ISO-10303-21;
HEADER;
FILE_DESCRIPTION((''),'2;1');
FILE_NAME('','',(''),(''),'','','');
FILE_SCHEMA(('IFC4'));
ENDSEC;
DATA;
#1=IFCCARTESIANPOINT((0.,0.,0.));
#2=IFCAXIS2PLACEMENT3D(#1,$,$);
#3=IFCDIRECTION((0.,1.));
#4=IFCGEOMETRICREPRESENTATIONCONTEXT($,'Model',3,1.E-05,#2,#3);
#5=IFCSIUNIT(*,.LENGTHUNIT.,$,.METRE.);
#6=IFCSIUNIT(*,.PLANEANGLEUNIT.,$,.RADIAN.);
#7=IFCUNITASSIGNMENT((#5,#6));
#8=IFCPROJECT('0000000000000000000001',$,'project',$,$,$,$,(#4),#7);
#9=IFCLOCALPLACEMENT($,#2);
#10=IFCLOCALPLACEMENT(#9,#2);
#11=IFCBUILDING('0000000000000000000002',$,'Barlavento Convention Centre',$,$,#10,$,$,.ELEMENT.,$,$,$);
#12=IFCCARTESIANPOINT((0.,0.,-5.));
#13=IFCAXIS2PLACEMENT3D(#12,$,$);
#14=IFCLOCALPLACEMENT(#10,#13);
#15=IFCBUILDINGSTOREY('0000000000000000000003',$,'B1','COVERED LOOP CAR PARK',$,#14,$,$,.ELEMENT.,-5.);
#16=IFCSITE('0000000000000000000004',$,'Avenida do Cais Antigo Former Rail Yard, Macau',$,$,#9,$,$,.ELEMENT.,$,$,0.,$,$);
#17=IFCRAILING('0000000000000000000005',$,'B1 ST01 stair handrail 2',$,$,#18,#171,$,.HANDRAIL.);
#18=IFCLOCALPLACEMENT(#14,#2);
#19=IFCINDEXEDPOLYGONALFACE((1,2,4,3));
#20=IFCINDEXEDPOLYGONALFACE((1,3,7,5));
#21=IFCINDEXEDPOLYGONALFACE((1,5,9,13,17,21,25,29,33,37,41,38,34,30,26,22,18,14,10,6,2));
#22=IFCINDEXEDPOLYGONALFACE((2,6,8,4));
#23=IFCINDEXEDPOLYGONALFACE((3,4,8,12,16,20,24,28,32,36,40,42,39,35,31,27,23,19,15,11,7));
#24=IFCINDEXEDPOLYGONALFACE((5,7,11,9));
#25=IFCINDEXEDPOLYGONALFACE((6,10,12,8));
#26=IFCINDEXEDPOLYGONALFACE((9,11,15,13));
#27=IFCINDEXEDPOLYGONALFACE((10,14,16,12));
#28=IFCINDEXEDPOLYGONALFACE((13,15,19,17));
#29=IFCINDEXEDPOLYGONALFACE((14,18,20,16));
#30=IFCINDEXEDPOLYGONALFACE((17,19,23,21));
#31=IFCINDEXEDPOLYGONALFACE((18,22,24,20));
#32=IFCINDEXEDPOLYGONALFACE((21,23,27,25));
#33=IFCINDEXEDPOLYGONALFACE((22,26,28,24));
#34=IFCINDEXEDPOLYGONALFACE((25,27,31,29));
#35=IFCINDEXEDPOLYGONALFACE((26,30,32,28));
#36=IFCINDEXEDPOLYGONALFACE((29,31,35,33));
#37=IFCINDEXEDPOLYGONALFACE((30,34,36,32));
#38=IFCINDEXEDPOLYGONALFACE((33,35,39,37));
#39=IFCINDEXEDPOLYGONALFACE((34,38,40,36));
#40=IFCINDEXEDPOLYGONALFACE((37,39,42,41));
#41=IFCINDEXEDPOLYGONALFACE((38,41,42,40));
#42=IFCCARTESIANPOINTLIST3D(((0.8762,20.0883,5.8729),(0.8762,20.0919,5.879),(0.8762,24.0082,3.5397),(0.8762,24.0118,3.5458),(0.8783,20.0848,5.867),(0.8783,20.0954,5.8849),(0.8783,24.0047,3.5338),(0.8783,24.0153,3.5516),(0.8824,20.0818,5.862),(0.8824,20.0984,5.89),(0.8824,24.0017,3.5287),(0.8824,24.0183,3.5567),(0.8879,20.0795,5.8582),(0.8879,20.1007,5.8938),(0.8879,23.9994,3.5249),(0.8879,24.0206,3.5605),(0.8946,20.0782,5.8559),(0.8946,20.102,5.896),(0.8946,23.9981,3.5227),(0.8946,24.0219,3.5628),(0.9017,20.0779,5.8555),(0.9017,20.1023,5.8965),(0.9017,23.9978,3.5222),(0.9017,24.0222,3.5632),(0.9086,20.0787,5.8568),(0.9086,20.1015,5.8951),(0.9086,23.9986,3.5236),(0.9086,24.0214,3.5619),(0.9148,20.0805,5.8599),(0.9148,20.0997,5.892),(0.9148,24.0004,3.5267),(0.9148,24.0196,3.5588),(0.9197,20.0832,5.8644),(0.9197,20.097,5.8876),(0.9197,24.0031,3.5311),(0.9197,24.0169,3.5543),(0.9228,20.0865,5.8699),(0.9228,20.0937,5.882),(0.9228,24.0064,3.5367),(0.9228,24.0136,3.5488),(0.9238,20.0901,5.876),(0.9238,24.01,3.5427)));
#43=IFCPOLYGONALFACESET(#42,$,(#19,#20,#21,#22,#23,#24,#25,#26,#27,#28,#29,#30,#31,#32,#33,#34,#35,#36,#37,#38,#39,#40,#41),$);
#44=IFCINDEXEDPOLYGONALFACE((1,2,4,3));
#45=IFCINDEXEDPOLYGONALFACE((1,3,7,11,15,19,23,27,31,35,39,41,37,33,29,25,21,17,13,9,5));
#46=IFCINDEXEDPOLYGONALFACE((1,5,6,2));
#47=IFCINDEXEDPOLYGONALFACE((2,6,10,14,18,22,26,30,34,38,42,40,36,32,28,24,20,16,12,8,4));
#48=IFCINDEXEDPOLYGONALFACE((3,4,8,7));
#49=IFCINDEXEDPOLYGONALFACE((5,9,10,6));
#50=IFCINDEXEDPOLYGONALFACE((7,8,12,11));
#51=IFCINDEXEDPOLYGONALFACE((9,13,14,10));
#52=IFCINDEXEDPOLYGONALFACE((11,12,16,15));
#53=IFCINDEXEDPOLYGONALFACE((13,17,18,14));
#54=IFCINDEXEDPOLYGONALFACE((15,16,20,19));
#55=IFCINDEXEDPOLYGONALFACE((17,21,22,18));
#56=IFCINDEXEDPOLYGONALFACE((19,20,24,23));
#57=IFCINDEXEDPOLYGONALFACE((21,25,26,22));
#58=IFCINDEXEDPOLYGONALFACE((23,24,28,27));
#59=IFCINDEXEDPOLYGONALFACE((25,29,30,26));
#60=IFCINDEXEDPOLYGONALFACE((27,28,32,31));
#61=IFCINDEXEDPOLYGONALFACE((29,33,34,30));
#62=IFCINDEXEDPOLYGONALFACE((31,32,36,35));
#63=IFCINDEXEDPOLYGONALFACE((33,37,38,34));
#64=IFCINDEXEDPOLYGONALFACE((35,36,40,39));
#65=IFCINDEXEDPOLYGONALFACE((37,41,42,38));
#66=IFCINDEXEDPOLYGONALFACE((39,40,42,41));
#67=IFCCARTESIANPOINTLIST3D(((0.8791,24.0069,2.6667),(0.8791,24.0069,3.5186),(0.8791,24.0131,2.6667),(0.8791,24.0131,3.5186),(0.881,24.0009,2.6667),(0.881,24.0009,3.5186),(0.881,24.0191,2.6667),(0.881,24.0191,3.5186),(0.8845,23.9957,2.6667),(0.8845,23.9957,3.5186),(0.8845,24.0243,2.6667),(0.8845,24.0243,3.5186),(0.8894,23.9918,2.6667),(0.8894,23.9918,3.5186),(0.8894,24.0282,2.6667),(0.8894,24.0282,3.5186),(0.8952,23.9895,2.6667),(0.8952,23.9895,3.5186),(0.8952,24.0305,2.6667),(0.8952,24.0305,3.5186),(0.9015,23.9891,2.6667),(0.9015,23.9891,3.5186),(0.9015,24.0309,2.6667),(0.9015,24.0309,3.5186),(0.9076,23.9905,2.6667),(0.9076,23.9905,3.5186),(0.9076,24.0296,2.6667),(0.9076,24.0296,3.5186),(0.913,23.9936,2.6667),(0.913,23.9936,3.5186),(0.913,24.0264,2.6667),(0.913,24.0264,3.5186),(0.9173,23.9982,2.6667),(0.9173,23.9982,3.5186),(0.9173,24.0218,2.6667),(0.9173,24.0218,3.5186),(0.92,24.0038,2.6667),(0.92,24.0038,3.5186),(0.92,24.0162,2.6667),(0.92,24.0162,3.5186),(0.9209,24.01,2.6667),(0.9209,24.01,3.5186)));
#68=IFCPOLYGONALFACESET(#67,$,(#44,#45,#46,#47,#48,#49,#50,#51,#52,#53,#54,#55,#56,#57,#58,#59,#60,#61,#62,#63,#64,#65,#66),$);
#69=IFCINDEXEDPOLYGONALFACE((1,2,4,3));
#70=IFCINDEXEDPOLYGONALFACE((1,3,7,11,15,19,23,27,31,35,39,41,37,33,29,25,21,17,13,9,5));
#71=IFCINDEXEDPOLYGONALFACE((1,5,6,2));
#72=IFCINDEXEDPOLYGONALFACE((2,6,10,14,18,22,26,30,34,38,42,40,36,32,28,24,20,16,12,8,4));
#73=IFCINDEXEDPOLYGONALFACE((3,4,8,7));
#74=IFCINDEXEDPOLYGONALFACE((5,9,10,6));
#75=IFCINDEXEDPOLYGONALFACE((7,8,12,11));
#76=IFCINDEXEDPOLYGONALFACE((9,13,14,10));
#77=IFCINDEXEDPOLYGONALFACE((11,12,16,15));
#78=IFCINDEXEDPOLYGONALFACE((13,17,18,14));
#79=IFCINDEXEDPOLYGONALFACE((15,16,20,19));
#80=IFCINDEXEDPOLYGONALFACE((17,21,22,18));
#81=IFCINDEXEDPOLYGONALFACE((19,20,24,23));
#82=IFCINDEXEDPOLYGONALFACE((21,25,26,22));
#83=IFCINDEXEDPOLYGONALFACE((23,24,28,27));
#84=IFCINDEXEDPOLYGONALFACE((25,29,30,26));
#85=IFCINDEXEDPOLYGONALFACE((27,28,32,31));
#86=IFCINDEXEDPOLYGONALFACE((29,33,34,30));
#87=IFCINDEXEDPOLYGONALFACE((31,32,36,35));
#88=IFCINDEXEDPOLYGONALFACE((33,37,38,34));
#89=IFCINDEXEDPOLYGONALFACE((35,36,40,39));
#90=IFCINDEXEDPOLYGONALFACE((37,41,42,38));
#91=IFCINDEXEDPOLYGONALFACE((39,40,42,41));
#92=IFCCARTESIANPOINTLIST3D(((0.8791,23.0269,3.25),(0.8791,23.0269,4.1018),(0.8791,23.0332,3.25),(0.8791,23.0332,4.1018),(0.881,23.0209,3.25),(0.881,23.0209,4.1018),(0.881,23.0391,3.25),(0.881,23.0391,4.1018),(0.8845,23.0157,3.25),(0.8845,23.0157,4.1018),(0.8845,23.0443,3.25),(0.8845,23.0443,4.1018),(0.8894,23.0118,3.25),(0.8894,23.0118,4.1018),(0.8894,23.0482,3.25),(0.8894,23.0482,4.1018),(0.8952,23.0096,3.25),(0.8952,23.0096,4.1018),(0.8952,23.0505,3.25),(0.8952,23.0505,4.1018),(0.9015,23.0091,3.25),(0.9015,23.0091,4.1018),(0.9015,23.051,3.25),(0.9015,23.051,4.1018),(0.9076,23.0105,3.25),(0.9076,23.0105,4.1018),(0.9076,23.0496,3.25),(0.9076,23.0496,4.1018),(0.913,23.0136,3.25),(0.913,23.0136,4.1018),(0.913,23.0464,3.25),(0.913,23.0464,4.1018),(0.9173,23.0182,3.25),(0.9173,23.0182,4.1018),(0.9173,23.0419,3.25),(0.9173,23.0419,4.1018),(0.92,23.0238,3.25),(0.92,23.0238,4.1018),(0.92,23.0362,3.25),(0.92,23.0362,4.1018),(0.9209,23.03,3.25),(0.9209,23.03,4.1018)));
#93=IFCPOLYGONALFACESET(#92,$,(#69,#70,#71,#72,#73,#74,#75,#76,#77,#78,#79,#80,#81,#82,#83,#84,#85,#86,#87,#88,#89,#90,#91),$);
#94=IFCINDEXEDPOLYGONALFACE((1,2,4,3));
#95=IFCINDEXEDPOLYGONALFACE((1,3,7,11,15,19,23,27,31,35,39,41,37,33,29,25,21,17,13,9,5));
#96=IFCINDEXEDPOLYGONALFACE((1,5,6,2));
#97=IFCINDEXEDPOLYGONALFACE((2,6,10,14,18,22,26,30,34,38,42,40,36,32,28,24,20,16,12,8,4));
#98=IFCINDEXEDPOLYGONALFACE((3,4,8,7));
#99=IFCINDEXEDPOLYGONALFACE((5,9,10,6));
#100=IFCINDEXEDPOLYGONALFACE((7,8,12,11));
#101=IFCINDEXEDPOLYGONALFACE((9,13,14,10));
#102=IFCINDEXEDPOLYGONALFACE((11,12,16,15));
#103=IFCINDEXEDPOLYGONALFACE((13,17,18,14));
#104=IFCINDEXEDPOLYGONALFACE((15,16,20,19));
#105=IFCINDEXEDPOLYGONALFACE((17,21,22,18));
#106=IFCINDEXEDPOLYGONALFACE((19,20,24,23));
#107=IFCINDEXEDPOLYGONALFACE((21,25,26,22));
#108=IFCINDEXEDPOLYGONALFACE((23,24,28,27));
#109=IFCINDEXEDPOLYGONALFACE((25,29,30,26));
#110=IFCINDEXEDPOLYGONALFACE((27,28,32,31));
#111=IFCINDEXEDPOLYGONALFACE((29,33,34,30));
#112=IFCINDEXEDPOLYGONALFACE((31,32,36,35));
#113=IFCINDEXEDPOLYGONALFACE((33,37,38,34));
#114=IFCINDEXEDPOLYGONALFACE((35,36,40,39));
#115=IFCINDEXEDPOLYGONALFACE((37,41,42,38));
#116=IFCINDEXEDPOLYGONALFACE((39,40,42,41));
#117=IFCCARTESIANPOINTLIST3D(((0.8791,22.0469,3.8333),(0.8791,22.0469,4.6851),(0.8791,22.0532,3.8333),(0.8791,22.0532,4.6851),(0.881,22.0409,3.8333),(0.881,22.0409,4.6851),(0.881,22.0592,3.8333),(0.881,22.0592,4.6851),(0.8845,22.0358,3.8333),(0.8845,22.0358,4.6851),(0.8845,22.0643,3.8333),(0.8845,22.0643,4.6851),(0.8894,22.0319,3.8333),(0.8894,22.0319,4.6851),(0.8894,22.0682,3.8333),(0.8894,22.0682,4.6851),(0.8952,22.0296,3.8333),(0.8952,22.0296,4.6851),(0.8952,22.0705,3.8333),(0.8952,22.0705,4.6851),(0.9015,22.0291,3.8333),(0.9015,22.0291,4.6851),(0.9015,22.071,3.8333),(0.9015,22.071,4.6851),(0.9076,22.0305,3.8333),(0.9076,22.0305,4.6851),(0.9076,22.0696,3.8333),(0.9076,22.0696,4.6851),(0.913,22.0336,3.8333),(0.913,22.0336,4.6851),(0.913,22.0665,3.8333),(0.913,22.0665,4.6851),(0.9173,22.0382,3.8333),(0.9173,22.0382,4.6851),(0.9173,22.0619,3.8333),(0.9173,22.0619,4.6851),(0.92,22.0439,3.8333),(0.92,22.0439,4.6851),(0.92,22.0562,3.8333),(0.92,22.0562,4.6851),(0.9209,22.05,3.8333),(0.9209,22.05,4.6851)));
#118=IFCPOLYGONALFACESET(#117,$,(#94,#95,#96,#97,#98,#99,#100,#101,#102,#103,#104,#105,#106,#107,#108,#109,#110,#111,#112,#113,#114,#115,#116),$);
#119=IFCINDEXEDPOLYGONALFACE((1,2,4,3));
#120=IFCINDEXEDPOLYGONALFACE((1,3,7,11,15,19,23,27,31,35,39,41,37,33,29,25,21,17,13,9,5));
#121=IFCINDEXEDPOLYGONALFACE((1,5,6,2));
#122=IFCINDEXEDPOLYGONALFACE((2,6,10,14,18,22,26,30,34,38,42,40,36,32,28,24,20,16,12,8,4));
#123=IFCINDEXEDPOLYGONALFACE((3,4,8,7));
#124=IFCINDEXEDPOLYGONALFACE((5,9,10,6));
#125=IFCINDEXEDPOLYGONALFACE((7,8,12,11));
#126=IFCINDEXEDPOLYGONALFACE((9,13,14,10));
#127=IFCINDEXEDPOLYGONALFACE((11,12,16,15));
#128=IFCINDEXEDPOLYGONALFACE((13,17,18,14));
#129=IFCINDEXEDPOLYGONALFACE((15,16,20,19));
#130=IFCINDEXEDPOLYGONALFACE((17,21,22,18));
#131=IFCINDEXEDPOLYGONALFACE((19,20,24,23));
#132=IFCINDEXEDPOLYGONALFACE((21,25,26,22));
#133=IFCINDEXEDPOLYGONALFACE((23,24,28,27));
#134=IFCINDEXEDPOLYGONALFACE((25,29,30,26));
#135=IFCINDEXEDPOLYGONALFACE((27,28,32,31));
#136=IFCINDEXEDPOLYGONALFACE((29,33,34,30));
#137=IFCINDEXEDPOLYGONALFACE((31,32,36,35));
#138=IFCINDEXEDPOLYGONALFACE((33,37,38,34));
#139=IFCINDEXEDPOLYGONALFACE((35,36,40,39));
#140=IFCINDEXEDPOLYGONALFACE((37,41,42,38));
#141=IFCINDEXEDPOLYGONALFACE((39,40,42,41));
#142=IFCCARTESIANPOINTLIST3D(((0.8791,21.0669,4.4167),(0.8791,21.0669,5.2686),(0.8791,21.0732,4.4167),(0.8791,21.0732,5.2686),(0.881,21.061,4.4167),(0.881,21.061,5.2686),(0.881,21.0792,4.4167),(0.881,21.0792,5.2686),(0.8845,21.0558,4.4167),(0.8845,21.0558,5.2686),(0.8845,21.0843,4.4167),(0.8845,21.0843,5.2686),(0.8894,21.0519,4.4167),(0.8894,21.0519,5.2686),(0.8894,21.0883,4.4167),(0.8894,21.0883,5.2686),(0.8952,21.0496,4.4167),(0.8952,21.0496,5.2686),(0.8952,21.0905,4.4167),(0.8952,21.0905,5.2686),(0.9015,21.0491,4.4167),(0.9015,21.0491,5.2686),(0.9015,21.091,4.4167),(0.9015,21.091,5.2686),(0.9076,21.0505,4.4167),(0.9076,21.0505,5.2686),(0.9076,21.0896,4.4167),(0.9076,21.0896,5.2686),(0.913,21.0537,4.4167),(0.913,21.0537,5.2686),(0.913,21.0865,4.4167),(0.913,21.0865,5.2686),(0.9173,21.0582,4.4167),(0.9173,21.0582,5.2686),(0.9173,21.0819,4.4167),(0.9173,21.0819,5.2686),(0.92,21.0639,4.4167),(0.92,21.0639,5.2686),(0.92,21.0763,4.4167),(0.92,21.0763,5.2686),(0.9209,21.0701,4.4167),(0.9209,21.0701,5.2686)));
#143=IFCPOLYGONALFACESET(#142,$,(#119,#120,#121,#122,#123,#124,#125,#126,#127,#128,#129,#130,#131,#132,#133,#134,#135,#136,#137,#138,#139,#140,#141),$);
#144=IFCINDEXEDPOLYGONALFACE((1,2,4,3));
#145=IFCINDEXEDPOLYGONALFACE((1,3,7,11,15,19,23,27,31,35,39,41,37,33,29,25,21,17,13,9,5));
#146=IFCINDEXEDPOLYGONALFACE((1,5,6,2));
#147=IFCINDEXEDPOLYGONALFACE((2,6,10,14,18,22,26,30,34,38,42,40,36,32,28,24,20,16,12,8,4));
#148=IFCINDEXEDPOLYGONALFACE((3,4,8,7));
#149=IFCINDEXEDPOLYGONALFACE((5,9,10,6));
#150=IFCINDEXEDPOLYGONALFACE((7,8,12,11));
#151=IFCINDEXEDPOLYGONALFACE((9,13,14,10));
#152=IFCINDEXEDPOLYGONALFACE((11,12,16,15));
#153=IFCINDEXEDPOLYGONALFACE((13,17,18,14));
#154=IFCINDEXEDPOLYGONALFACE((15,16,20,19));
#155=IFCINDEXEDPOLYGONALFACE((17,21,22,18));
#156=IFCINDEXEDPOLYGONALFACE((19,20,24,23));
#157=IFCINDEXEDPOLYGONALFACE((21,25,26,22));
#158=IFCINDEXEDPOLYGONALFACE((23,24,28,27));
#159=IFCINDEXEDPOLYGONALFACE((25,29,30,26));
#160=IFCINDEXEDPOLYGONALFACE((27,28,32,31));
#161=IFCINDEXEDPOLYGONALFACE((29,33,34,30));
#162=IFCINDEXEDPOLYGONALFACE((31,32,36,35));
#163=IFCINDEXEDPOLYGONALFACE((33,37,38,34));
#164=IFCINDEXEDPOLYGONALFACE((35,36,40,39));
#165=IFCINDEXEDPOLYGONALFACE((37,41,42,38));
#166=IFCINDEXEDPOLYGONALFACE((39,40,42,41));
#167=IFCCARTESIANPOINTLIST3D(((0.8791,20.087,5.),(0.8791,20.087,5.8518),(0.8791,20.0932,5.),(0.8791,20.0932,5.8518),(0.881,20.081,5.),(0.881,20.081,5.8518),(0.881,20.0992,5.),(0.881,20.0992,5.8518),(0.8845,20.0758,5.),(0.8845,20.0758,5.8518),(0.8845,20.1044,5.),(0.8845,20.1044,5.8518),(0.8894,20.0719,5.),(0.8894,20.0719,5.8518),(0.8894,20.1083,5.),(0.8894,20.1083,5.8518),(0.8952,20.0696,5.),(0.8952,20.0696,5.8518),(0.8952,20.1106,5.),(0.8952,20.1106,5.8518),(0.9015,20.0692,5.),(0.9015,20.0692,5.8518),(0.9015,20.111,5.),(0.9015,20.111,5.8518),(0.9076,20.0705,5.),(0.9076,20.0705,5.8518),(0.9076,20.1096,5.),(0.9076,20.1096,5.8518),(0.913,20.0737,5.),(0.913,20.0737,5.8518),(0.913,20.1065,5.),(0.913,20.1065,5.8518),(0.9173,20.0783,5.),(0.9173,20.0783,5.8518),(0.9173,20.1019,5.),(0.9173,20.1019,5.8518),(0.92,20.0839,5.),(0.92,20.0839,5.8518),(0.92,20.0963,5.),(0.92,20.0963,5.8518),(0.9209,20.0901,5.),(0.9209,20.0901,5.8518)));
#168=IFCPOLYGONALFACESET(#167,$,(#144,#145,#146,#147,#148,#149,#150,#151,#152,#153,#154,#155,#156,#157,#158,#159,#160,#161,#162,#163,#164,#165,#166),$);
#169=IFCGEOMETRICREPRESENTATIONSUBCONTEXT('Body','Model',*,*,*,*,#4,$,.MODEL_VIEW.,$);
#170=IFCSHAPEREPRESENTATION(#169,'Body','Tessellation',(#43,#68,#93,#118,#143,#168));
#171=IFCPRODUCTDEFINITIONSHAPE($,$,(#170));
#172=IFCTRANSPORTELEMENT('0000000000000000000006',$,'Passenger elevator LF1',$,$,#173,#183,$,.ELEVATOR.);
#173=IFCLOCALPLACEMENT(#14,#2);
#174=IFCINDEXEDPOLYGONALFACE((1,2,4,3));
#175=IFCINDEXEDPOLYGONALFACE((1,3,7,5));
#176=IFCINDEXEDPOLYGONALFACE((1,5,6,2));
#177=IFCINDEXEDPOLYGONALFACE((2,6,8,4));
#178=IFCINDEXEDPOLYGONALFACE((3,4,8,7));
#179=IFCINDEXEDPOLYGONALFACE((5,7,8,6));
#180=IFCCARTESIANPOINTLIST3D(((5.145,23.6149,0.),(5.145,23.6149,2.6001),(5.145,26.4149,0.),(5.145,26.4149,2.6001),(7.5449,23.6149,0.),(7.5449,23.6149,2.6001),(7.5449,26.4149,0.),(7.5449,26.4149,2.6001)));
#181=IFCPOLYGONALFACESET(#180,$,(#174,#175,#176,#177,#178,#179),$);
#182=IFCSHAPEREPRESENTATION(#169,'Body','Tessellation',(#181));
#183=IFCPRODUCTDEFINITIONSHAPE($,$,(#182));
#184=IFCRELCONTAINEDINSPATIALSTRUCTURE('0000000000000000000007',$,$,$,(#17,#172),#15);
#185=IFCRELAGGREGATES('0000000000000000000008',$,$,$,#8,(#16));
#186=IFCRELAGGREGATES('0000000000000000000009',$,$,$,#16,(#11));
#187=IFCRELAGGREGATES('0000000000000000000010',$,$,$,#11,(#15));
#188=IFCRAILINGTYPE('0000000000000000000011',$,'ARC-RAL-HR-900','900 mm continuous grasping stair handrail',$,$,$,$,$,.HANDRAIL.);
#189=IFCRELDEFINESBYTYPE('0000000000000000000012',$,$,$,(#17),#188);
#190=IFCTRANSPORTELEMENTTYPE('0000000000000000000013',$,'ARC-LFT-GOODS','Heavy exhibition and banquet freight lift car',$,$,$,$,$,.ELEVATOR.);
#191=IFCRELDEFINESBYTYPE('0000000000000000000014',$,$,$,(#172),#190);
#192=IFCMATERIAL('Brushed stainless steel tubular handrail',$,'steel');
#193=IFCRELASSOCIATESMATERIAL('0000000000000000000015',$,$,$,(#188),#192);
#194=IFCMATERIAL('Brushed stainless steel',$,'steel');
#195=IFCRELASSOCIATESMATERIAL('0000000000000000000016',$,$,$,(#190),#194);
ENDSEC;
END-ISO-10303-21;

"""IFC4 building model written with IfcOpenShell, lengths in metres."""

from ifc_helpers import new_model, si_unit, direction, frame, origin, origin_2d, place, context, subcontext, project, spatial, rectangle, circle, extrude, material, type_object, element, save


model = new_model("IFC4")

# Units and contexts
model_context = context("Model", 3, precision=1e-05, world=origin(), true_north=direction((0.0, 1.0)))
body_context = subcontext(model_context, "Body", "Model", "MODEL_VIEW")
ifc_project = project(units=[si_unit("LENGTHUNIT", "METRE"), si_unit("PLANEANGLEUNIT", "RADIAN")], contexts=[model_context])

# Site, building, storey
site_placement = place(None, origin())
site = spatial("IfcSite", under=ifc_project, at=site_placement, Name="Avenida do Cais Antigo Former Rail Yard, Macau", CompositionType="ELEMENT", RefElevation=0.0)
building_placement = place(site_placement, origin())
building = spatial("IfcBuilding", under=site, at=building_placement, Name="Barlavento Convention Centre", CompositionType="ELEMENT")
storey_placement = place(building_placement, frame((0.0, 0.0, -5.0)))
storey = spatial("IfcBuildingStorey", under=building, at=storey_placement, Name="B1", Description="COVERED LOOP CAR PARK", CompositionType="ELEMENT", Elevation=-5.0)

# Shared definitions
ifc_material_1 = material(Name="Brushed stainless steel", Category="steel")

# Railing
ifc_material_2 = material(Name="Brushed stainless steel tubular handrail", Category="steel")
railing_type_1 = type_object("IfcRailingType", Name="ARC-RAL-HR-900", Description="900 mm continuous grasping stair handrail", PredefinedType="HANDRAIL", material=ifc_material_2)
railing_1_placement = place(storey_placement, frame((0.8999, 24.01, 2.6667)))
element("IfcRailing", 1, at=railing_1_placement, inside=storey, type_object=railing_type_1, Name="B1 ST01 stair handrail 2", PredefinedType="HANDRAIL", context=body_context, shape_type="SweptSolid", body=[
    extrude(circle(Radius=0.0239, at=origin_2d()), frame((0.0, 0.0, 0.876), z_axis=(0.0, -0.859296, 0.511478), x_axis=(1.0, 0.0, 0.0)), (0.0, 0.0, 1.0), 4.5618),
    extrude(circle(Radius=0.021, at=origin_2d()), origin(), (0.0, 0.0, 1.0), 0.8518),
    extrude(circle(Radius=0.021, at=origin_2d()), frame((0.0, -0.98, 0.5833)), (0.0, 0.0, 1.0), 0.8518),
    extrude(circle(Radius=0.021, at=origin_2d()), frame((0.0, -1.96, 1.1665)), (0.0, 0.0, 1.0), 0.8518),
    extrude(circle(Radius=0.021, at=origin_2d()), frame((0.0, -2.9399, 1.75)), (0.0, 0.0, 1.0), 0.8518),
    extrude(circle(Radius=0.021, at=origin_2d()), frame((0.0, -3.9199, 2.3333)), (0.0, 0.0, 1.0), 0.8518),
])

# Transport element
transport_element_type = type_object("IfcTransportElementType", Name="ARC-LFT-GOODS", Description="Heavy exhibition and banquet freight lift car", PredefinedType="ELEVATOR", material=ifc_material_1)
transport_element_placement = place(storey_placement, frame((6.345, 25.0149, 0.0), z_axis=(0.0, 0.0, 1.0), x_axis=(1.0, 0.0, 0.0)))
element("IfcTransportElement", 2, at=transport_element_placement, inside=storey, type_object=transport_element_type, Name="Passenger elevator LF1", PredefinedType="ELEVATOR", context=body_context, shape_type="SweptSolid", body=[
    extrude(rectangle(XDim=2.3999, YDim=2.8, at=origin_2d()), origin(), (0.0, 0.0, 1.0), 2.6001),
])

save(model, "model.ifc")
